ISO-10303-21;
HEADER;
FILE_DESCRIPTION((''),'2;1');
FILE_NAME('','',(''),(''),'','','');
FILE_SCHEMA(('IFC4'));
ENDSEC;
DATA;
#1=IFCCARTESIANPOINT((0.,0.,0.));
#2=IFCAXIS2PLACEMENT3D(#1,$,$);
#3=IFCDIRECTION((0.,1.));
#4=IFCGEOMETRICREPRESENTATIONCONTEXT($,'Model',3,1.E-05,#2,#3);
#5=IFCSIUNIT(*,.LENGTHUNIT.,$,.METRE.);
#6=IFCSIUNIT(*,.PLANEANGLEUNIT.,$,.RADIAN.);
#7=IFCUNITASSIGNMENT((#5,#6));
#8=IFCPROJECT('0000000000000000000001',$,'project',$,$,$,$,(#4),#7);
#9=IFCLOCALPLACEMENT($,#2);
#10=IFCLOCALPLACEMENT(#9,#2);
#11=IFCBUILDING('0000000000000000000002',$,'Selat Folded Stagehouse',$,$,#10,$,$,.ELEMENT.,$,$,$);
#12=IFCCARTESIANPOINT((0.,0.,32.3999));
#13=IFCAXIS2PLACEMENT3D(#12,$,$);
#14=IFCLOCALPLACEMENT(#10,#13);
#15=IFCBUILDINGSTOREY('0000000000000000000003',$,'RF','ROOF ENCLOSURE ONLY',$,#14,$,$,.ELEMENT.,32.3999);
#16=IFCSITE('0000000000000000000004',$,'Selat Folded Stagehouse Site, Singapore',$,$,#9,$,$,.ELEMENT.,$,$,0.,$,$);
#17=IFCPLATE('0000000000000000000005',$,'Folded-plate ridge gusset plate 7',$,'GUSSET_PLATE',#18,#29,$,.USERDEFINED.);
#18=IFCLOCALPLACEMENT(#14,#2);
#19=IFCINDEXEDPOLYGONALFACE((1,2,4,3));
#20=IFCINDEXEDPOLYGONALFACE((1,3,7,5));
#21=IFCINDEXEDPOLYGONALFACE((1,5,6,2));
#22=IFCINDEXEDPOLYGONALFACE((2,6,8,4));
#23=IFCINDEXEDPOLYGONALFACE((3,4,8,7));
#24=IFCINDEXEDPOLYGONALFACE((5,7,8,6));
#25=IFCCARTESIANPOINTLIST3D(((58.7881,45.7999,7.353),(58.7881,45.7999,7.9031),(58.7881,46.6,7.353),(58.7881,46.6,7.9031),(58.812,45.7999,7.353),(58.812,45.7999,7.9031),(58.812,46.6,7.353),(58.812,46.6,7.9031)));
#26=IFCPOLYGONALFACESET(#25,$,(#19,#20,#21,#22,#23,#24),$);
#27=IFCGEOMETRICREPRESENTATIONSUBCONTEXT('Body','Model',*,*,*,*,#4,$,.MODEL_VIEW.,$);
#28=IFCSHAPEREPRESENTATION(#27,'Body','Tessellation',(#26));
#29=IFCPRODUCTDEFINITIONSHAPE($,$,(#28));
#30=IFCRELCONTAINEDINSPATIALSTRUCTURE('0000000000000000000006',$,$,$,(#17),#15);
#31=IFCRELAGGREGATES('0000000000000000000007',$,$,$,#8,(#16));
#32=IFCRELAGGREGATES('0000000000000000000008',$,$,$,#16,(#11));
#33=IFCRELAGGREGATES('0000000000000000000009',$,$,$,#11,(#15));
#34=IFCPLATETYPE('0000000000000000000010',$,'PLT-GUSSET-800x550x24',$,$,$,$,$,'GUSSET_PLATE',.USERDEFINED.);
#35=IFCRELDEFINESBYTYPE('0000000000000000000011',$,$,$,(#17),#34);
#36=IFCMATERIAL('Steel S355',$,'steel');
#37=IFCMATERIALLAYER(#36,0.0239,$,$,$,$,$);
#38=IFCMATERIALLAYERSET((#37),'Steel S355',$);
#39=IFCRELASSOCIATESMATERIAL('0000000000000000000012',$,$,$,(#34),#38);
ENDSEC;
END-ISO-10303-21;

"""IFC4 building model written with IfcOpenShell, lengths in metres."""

from ifc_helpers import new_model, si_unit, direction, frame, origin, origin_2d, place, context, subcontext, project, spatial, rectangle, extrude, material, layer, layer_set, type_object, element, save


model = new_model("IFC4")

# Units and contexts
model_context = context("Model", 3, precision=1e-05, world=origin(), true_north=direction((0.0, 1.0)))
body_context = subcontext(model_context, "Body", "Model", "MODEL_VIEW")
ifc_project = project(units=[si_unit("LENGTHUNIT", "METRE"), si_unit("PLANEANGLEUNIT", "RADIAN")], contexts=[model_context])

# Site, building, storey
site_placement = place(None, origin())
site = spatial("IfcSite", under=ifc_project, at=site_placement, Name="Selat Folded Stagehouse Site, Singapore", CompositionType="ELEMENT", RefElevation=0.0)
building_placement = place(site_placement, origin())
building = spatial("IfcBuilding", under=site, at=building_placement, Name="Selat Folded Stagehouse", CompositionType="ELEMENT")
storey_placement = place(building_placement, frame((0.0, 0.0, 32.3999)))
storey = spatial("IfcBuildingStorey", under=building, at=storey_placement, Name="RF", Description="ROOF ENCLOSURE ONLY", CompositionType="ELEMENT", Elevation=32.3999)

# Shared definitions
ifc_material_1 = material(Name="Steel S355", Category="steel")

# Plate
ifc_layer_1 = layer(ifc_material_1, 0.0239)
ifc_layer_set_1 = layer_set([ifc_layer_1], Name="Steel S355")
plate_type_1 = type_object("IfcPlateType", Name="PLT-GUSSET-800x550x24", ElementType="GUSSET_PLATE", PredefinedType="USERDEFINED", material=ifc_layer_set_1)
plate_1_placement = place(storey_placement, frame((58.8, 46.2, 7.353), z_axis=(0.0, 0.0, 1.0), x_axis=(1.0, 0.0, 0.0)))
element("IfcPlate", 1, at=plate_1_placement, inside=storey, type_object=plate_type_1, Name="Folded-plate ridge gusset plate 7", ObjectType="GUSSET_PLATE", PredefinedType="USERDEFINED", context=body_context, shape_type="SweptSolid", body=[
    extrude(rectangle(XDim=0.0239, YDim=0.8, at=origin_2d()), origin(), (0.0, 0.0, 1.0), 0.55),
])

save(model, "model.ifc")
